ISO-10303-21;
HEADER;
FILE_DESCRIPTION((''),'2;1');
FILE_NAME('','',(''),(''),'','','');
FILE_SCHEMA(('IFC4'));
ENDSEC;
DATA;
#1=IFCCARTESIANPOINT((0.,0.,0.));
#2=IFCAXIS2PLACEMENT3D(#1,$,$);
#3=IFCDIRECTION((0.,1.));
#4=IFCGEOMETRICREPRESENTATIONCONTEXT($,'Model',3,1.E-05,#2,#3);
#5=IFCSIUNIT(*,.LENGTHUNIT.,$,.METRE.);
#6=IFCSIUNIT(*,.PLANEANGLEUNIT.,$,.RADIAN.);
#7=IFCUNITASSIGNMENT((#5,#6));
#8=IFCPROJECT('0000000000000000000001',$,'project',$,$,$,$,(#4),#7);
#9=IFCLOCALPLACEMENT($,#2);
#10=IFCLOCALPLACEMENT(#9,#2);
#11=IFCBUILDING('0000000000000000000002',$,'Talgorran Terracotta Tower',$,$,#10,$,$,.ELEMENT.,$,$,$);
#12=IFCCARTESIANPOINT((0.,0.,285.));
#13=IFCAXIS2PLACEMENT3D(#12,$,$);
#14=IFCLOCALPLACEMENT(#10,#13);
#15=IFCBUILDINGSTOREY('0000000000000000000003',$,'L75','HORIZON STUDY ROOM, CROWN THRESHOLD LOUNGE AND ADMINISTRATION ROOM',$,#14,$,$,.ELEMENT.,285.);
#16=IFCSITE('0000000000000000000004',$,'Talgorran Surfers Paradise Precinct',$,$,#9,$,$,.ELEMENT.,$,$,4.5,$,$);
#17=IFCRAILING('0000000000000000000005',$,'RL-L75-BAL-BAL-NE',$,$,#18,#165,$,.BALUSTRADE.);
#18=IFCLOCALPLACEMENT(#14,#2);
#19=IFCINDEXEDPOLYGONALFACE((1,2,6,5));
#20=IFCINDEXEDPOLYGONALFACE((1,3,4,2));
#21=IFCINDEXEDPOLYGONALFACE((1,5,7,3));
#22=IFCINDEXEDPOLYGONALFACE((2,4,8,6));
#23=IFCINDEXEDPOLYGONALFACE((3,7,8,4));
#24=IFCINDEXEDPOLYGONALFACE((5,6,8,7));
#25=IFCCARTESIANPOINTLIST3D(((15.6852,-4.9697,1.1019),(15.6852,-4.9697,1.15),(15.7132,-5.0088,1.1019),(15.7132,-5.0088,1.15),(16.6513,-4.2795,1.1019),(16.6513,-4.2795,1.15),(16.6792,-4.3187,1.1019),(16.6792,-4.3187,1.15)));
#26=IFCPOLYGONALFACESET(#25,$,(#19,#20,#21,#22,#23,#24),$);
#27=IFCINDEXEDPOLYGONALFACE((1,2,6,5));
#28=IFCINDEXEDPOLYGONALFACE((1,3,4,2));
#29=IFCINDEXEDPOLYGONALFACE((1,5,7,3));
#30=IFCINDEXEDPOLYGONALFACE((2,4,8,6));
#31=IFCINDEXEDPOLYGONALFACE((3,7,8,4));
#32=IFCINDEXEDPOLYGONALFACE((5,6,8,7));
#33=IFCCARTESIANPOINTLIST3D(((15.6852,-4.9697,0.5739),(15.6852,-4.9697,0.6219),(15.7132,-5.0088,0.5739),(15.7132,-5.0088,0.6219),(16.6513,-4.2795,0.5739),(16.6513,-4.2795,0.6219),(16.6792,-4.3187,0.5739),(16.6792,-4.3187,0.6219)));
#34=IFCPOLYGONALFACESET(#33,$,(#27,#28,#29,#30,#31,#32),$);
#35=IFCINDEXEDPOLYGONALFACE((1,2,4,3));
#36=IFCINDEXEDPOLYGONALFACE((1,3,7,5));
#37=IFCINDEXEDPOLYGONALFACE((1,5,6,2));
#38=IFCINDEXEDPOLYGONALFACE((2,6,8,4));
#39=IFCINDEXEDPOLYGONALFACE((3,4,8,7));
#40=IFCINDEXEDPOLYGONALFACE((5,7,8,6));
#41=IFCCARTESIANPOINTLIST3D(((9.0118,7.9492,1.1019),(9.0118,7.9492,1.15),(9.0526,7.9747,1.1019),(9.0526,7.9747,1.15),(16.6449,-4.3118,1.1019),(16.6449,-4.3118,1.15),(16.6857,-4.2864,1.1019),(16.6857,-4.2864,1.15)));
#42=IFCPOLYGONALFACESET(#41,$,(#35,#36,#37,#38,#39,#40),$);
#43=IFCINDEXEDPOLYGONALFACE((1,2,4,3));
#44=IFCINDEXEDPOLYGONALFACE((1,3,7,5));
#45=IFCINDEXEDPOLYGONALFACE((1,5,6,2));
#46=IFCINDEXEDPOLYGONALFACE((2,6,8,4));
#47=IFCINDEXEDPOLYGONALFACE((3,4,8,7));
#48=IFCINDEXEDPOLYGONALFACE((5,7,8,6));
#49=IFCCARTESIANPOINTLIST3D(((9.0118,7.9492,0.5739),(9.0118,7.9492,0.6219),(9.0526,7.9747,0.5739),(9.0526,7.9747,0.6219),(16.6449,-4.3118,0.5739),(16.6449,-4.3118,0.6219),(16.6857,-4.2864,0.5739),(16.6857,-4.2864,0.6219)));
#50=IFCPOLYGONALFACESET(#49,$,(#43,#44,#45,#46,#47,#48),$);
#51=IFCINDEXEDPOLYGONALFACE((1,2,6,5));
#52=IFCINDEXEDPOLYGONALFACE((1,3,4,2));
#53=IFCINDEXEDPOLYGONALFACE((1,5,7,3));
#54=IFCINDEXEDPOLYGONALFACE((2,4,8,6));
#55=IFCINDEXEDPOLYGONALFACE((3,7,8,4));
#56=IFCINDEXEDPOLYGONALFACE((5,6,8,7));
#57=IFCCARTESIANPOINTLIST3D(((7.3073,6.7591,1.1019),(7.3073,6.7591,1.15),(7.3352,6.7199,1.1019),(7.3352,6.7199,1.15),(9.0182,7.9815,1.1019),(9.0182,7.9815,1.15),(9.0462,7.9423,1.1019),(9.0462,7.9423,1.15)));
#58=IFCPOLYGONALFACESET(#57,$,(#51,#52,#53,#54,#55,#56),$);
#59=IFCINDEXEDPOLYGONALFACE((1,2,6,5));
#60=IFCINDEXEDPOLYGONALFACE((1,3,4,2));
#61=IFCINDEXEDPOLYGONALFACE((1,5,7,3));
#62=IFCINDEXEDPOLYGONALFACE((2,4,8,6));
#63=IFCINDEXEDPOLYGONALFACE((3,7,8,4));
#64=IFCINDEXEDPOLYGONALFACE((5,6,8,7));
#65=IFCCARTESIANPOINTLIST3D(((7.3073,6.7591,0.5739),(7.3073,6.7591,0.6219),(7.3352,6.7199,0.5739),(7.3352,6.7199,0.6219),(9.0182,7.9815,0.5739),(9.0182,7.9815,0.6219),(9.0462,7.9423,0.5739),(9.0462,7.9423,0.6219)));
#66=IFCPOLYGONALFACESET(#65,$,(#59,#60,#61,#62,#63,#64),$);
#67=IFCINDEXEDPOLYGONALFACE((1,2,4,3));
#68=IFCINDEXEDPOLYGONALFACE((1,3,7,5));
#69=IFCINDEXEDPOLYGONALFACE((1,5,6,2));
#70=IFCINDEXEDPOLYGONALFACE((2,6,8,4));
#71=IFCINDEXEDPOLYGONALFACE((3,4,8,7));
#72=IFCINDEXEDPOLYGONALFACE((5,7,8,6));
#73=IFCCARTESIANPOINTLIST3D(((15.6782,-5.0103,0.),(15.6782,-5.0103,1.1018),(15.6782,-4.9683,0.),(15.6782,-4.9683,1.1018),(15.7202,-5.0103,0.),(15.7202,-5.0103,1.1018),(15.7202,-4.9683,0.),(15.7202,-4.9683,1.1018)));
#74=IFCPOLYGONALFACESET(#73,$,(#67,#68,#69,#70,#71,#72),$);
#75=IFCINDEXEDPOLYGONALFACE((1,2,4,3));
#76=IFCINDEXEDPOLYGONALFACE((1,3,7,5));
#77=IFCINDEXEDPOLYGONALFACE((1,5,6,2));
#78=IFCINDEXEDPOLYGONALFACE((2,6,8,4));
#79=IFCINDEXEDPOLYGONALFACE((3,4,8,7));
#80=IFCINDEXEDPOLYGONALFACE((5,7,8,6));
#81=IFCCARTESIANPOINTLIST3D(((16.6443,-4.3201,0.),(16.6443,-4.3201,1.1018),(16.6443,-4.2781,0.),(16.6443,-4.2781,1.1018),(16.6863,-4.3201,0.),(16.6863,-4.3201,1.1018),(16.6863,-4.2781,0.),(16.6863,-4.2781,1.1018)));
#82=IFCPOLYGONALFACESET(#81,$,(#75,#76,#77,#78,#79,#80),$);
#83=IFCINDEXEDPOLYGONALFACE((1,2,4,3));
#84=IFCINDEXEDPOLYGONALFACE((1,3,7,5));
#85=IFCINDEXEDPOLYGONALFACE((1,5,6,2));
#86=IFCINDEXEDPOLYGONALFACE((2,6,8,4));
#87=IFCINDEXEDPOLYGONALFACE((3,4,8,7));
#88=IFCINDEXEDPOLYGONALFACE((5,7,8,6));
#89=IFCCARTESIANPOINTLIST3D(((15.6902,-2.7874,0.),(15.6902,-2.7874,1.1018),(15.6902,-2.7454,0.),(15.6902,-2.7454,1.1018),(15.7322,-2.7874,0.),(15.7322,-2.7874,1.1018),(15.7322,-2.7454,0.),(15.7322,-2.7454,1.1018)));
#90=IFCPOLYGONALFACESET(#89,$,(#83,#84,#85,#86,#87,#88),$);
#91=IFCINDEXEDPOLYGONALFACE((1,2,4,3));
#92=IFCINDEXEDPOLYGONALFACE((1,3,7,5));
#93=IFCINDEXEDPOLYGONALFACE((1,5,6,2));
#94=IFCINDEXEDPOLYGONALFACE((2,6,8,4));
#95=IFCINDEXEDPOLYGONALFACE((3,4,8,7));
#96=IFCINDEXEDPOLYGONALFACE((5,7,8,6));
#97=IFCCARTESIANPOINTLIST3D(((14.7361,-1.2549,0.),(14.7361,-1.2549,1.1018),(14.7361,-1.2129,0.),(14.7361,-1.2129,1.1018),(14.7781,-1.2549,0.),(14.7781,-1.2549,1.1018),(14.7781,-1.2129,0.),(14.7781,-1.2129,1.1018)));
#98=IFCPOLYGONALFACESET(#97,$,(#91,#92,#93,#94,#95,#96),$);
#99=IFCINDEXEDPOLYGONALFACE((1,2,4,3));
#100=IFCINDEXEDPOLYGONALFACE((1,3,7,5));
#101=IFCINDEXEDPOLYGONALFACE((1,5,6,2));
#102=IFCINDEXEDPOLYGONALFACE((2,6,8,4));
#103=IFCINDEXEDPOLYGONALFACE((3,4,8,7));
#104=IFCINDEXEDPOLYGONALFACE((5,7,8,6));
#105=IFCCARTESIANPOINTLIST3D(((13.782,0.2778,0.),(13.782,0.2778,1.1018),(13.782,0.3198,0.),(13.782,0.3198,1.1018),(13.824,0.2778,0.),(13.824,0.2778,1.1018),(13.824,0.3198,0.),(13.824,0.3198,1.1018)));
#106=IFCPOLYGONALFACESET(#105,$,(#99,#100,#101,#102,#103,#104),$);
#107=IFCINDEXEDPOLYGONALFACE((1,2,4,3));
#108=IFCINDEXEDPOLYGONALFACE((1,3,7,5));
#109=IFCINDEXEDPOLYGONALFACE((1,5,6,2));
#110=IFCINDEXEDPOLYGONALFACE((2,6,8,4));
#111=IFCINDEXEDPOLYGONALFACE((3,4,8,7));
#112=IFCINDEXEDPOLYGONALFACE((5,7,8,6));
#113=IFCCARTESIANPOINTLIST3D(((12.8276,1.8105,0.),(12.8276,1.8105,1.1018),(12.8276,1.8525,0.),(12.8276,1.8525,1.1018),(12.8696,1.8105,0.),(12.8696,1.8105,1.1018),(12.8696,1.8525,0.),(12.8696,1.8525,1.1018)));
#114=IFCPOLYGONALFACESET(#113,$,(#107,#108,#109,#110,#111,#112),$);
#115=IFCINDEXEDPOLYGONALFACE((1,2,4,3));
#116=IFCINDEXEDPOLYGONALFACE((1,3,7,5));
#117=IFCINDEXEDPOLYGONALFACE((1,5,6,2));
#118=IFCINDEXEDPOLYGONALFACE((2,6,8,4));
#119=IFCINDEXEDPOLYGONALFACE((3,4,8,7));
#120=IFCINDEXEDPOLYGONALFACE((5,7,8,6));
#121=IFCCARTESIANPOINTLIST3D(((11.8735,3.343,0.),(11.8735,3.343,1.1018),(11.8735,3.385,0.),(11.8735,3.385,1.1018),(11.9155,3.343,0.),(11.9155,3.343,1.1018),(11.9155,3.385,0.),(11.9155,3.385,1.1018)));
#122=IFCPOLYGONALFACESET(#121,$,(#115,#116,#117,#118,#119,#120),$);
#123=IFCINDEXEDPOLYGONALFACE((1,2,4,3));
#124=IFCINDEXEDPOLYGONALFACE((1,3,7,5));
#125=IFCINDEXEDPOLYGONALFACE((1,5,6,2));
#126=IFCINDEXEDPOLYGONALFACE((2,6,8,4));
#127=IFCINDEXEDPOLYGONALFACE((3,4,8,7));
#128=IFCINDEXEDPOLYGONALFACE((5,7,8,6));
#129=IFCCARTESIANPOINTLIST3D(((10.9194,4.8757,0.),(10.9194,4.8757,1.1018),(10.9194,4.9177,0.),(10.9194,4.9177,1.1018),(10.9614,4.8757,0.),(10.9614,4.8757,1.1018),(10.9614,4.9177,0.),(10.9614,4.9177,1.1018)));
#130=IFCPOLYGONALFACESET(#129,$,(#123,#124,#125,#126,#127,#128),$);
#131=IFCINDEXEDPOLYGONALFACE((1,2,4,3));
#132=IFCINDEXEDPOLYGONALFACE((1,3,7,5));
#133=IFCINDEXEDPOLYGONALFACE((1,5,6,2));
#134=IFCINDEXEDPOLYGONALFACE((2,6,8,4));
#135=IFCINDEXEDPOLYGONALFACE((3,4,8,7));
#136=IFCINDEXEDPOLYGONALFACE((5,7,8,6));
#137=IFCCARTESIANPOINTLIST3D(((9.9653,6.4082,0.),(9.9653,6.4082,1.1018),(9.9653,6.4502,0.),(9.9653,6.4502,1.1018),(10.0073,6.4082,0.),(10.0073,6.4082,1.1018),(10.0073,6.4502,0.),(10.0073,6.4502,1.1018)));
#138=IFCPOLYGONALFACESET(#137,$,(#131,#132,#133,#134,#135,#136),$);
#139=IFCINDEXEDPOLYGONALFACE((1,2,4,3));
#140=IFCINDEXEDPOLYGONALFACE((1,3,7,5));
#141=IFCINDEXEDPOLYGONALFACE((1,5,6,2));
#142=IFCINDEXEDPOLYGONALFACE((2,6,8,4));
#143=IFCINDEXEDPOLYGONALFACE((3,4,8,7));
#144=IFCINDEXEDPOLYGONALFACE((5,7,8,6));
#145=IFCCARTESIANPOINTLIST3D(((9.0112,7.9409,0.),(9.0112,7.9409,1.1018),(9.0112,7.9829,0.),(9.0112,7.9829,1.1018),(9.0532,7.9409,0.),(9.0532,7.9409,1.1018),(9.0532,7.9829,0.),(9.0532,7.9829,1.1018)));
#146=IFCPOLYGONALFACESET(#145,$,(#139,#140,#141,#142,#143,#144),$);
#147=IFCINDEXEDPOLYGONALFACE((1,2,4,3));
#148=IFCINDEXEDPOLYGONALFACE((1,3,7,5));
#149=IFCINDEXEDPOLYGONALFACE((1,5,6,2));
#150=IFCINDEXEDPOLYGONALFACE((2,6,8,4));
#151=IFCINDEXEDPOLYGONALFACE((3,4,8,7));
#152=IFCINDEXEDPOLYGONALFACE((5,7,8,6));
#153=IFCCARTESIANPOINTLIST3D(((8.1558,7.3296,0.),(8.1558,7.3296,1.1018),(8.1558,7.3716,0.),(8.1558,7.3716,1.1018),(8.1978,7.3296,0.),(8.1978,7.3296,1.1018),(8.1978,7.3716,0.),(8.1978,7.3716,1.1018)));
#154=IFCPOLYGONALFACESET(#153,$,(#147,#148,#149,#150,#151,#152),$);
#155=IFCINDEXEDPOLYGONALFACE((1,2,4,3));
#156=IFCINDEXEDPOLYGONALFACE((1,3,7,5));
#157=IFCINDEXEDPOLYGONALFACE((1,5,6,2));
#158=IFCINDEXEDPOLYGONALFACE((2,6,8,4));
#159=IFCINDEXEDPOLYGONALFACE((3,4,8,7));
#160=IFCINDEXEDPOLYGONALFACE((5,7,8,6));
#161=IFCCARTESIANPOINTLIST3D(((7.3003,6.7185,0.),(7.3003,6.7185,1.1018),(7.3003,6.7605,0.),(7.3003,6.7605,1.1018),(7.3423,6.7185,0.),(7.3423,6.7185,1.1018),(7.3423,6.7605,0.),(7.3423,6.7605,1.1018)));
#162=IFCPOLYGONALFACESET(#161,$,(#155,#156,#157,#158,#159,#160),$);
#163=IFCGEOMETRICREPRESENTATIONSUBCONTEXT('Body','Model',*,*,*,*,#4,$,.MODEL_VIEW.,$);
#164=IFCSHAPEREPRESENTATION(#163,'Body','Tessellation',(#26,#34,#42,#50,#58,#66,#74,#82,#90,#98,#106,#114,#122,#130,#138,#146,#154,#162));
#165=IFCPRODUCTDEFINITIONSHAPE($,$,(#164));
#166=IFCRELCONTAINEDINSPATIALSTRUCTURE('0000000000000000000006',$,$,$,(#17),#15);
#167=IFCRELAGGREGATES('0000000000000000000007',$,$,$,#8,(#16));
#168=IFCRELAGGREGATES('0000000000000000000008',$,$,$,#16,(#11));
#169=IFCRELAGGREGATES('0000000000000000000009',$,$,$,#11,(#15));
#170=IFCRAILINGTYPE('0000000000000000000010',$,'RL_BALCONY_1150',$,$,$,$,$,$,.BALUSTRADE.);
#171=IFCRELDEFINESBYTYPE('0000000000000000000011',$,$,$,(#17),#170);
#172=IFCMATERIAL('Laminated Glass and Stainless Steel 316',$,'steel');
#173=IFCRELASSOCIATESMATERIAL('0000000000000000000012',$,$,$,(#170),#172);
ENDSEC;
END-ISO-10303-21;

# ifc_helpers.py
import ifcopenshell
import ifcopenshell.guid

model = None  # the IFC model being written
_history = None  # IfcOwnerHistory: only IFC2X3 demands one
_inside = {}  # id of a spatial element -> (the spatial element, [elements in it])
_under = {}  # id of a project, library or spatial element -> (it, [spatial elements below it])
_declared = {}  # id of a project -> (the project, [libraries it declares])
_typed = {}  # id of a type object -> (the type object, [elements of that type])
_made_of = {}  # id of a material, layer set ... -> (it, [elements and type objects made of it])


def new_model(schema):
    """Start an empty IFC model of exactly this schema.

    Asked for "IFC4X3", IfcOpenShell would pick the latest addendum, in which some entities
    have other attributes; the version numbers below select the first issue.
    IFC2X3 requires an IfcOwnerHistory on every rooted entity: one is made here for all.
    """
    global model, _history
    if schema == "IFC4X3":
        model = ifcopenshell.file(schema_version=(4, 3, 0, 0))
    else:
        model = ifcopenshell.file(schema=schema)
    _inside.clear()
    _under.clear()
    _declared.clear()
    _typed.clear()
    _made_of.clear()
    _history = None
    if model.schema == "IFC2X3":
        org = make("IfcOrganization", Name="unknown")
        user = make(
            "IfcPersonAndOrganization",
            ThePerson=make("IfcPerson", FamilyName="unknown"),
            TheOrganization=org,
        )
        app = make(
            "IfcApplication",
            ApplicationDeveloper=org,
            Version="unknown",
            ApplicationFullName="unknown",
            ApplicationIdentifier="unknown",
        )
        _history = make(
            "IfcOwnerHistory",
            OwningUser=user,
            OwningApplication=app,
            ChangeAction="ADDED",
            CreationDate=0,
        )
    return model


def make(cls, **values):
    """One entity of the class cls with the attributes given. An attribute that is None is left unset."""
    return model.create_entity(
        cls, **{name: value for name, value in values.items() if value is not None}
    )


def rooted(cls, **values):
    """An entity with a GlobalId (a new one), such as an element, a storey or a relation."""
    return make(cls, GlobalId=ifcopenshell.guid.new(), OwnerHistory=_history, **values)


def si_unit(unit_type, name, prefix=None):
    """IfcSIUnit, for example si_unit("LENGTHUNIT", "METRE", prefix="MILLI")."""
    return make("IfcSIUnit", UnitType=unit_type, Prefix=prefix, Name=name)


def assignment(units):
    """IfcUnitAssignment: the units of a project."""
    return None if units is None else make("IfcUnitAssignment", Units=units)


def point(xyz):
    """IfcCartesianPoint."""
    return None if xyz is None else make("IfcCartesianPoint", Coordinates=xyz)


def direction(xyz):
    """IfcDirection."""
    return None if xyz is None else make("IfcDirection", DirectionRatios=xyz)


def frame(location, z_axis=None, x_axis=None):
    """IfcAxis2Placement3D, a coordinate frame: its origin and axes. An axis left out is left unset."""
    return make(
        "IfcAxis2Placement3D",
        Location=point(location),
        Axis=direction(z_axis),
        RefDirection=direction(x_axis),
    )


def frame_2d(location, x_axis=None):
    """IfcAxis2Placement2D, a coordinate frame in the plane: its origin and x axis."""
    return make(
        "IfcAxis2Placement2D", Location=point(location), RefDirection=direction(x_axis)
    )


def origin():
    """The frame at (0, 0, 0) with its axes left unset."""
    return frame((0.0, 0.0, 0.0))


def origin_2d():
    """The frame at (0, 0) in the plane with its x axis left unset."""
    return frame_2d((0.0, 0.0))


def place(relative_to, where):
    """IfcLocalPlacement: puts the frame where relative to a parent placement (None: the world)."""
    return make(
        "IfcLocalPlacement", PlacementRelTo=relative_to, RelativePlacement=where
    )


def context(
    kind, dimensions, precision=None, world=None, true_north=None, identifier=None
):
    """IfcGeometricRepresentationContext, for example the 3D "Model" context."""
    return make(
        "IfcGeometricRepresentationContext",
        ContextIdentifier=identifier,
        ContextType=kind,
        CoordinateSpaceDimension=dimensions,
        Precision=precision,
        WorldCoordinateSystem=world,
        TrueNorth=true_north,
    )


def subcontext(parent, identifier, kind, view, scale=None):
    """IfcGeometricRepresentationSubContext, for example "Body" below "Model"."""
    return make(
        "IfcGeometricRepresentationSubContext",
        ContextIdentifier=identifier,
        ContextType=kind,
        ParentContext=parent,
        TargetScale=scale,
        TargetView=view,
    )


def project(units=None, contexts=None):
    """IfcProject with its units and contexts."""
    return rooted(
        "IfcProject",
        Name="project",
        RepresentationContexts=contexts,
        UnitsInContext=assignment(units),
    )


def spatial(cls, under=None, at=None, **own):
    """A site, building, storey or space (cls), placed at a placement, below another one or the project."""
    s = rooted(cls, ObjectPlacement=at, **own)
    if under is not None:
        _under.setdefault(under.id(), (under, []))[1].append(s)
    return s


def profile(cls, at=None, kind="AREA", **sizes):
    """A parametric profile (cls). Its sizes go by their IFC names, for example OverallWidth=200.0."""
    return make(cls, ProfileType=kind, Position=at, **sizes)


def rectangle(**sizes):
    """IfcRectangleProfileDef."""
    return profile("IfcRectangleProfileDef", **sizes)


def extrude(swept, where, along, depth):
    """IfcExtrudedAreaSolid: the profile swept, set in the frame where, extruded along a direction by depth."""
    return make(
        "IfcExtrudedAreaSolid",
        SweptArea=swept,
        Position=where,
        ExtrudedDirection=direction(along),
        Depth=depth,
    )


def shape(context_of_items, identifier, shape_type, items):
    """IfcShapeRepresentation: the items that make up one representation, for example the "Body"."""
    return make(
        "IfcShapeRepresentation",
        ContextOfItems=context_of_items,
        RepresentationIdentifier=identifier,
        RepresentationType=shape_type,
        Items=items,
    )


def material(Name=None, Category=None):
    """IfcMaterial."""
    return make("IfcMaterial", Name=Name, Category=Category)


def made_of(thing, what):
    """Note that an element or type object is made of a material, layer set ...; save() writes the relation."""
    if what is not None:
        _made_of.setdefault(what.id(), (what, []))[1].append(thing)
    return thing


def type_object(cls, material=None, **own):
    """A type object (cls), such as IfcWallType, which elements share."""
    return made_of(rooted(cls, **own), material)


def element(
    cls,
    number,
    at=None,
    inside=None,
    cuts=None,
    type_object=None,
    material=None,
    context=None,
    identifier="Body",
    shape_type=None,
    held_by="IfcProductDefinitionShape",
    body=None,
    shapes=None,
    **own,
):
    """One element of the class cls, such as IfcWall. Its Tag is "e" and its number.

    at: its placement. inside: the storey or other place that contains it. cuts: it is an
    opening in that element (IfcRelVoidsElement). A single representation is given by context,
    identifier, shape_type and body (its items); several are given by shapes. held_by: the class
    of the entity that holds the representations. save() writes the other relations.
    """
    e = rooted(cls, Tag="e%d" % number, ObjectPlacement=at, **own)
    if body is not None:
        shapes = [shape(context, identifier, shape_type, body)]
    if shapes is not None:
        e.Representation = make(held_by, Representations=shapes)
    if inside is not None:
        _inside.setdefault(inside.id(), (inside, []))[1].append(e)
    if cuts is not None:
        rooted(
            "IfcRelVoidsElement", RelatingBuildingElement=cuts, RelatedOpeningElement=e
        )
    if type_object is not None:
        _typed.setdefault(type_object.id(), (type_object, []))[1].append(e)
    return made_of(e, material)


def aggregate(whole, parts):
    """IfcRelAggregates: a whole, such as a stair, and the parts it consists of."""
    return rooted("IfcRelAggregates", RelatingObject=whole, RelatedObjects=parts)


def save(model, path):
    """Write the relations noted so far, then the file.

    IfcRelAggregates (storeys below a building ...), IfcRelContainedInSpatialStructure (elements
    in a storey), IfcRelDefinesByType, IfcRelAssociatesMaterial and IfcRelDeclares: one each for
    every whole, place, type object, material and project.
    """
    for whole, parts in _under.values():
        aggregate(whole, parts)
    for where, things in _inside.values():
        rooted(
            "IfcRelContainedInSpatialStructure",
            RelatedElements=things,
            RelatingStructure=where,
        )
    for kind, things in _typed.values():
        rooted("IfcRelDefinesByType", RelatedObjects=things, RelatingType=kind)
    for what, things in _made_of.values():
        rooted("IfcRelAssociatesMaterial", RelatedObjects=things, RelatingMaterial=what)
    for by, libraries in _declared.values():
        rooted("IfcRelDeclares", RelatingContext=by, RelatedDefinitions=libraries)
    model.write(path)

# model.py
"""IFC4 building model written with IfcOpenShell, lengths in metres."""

from ifc_helpers import new_model, si_unit, direction, frame, origin, origin_2d, place, context, subcontext, project, spatial, rectangle, extrude, material, type_object, element, save


model = new_model("IFC4")

# Units and contexts
model_context = context("Model", 3, precision=1e-05, world=origin(), true_north=direction((0.0, 1.0)))
body_context = subcontext(model_context, "Body", "Model", "MODEL_VIEW")
ifc_project = project(units=[si_unit("LENGTHUNIT", "METRE"), si_unit("PLANEANGLEUNIT", "RADIAN")], contexts=[model_context])

# Site, building, storey
site_placement = place(None, origin())
site = spatial("IfcSite", under=ifc_project, at=site_placement, Name="Talgorran Surfers Paradise Precinct", CompositionType="ELEMENT", RefElevation=4.5)
building_placement = place(site_placement, origin())
building = spatial("IfcBuilding", under=site, at=building_placement, Name="Talgorran Terracotta Tower", CompositionType="ELEMENT")
storey_placement = place(building_placement, frame((0.0, 0.0, 285.0)))
storey = spatial("IfcBuildingStorey", under=building, at=storey_placement, Name="L75", Description="HORIZON STUDY ROOM, CROWN THRESHOLD LOUNGE AND ADMINISTRATION ROOM", CompositionType="ELEMENT", Elevation=285.0)

# Railing
ifc_material_1 = material(Name="Laminated Glass and Stainless Steel 316", Category="steel")
railing_type = type_object("IfcRailingType", Name="RL_BALCONY_1150", PredefinedType="BALUSTRADE", material=ifc_material_1)
railing_placement = place(storey_placement, frame((15.6992, -4.9893, 0.0)))
element("IfcRailing", 1, at=railing_placement, inside=storey, type_object=railing_type, Name="RL-L75-BAL-BAL-NE", PredefinedType="BALUSTRADE", context=body_context, shape_type="SweptSolid", body=[
    extrude(rectangle(XDim=0.0481, YDim=0.0481, at=origin_2d()), frame((0.0, 0.0, 1.126), z_axis=(0.813678, 0.581316, 0.0), x_axis=(-0.581316, 0.813678, 0.0)), (0.0, 0.0, 1.0), 1.1873),
    extrude(rectangle(XDim=0.0481, YDim=0.0481, at=origin_2d()), frame((0.0, 0.0, 0.5979), z_axis=(0.813678, 0.581316, 0.0), x_axis=(-0.581316, 0.813678, 0.0)), (0.0, 0.0, 1.0), 1.1873),
    extrude(rectangle(XDim=0.0481, YDim=0.0481, at=origin_2d()), frame((0.9661, 0.6902, 1.126), z_axis=(-0.528501, 0.848932, 0.0), x_axis=(-0.848932, -0.528501, 0.0)), (0.0, 0.0, 1.0), 14.4429),
    extrude(rectangle(XDim=0.0481, YDim=0.0481, at=origin_2d()), frame((0.9661, 0.6902, 0.5979), z_axis=(-0.528501, 0.848932, 0.0), x_axis=(-0.848932, -0.528501, 0.0)), (0.0, 0.0, 1.0), 14.4429),
    extrude(rectangle(XDim=0.0481, YDim=0.0481, at=origin_2d()), frame((-6.667, 12.9512, 1.126), z_axis=(-0.813663, -0.581337, 0.0), x_axis=(0.581337, -0.813663, 0.0)), (0.0, 0.0, 1.0), 2.1028),
    extrude(rectangle(XDim=0.0481, YDim=0.0481, at=origin_2d()), frame((-6.667, 12.9512, 0.5979), z_axis=(-0.813663, -0.581337, 0.0), x_axis=(0.581337, -0.813663, 0.0)), (0.0, 0.0, 1.0), 2.1028),
    extrude(rectangle(XDim=0.042, YDim=0.042, at=origin_2d()), origin(), (0.0, 0.0, 1.0), 1.1018),
    extrude(rectangle(XDim=0.042, YDim=0.042, at=origin_2d()), frame((0.9661, 0.6902, 0.0)), (0.0, 0.0, 1.0), 1.1018),
    extrude(rectangle(XDim=0.042, YDim=0.042, at=origin_2d()), frame((0.012, 2.2229, 0.0)), (0.0, 0.0, 1.0), 1.1018),
    extrude(rectangle(XDim=0.042, YDim=0.042, at=origin_2d()), frame((-0.9421, 3.7554, 0.0)), (0.0, 0.0, 1.0), 1.1018),
    extrude(rectangle(XDim=0.042, YDim=0.042, at=origin_2d()), frame((-1.8962, 5.2881, 0.0)), (0.0, 0.0, 1.0), 1.1018),
    extrude(rectangle(XDim=0.042, YDim=0.042, at=origin_2d()), frame((-2.8506, 6.8208, 0.0)), (0.0, 0.0, 1.0), 1.1018),
    extrude(rectangle(XDim=0.042, YDim=0.042, at=origin_2d()), frame((-3.8047, 8.3533, 0.0)), (0.0, 0.0, 1.0), 1.1018),
    extrude(rectangle(XDim=0.042, YDim=0.042, at=origin_2d()), frame((-4.7588, 9.886, 0.0)), (0.0, 0.0, 1.0), 1.1018),
    extrude(rectangle(XDim=0.042, YDim=0.042, at=origin_2d()), frame((-5.7129, 11.4185, 0.0)), (0.0, 0.0, 1.0), 1.1018),
    extrude(rectangle(XDim=0.042, YDim=0.042, at=origin_2d()), frame((-6.667, 12.9512, 0.0)), (0.0, 0.0, 1.0), 1.1018),
    extrude(rectangle(XDim=0.042, YDim=0.042, at=origin_2d()), frame((-7.5225, 12.3398, 0.0)), (0.0, 0.0, 1.0), 1.1018),
    extrude(rectangle(XDim=0.042, YDim=0.042, at=origin_2d()), frame((-8.3779, 11.7288, 0.0)), (0.0, 0.0, 1.0), 1.1018),
])

save(model, "model.ifc")
